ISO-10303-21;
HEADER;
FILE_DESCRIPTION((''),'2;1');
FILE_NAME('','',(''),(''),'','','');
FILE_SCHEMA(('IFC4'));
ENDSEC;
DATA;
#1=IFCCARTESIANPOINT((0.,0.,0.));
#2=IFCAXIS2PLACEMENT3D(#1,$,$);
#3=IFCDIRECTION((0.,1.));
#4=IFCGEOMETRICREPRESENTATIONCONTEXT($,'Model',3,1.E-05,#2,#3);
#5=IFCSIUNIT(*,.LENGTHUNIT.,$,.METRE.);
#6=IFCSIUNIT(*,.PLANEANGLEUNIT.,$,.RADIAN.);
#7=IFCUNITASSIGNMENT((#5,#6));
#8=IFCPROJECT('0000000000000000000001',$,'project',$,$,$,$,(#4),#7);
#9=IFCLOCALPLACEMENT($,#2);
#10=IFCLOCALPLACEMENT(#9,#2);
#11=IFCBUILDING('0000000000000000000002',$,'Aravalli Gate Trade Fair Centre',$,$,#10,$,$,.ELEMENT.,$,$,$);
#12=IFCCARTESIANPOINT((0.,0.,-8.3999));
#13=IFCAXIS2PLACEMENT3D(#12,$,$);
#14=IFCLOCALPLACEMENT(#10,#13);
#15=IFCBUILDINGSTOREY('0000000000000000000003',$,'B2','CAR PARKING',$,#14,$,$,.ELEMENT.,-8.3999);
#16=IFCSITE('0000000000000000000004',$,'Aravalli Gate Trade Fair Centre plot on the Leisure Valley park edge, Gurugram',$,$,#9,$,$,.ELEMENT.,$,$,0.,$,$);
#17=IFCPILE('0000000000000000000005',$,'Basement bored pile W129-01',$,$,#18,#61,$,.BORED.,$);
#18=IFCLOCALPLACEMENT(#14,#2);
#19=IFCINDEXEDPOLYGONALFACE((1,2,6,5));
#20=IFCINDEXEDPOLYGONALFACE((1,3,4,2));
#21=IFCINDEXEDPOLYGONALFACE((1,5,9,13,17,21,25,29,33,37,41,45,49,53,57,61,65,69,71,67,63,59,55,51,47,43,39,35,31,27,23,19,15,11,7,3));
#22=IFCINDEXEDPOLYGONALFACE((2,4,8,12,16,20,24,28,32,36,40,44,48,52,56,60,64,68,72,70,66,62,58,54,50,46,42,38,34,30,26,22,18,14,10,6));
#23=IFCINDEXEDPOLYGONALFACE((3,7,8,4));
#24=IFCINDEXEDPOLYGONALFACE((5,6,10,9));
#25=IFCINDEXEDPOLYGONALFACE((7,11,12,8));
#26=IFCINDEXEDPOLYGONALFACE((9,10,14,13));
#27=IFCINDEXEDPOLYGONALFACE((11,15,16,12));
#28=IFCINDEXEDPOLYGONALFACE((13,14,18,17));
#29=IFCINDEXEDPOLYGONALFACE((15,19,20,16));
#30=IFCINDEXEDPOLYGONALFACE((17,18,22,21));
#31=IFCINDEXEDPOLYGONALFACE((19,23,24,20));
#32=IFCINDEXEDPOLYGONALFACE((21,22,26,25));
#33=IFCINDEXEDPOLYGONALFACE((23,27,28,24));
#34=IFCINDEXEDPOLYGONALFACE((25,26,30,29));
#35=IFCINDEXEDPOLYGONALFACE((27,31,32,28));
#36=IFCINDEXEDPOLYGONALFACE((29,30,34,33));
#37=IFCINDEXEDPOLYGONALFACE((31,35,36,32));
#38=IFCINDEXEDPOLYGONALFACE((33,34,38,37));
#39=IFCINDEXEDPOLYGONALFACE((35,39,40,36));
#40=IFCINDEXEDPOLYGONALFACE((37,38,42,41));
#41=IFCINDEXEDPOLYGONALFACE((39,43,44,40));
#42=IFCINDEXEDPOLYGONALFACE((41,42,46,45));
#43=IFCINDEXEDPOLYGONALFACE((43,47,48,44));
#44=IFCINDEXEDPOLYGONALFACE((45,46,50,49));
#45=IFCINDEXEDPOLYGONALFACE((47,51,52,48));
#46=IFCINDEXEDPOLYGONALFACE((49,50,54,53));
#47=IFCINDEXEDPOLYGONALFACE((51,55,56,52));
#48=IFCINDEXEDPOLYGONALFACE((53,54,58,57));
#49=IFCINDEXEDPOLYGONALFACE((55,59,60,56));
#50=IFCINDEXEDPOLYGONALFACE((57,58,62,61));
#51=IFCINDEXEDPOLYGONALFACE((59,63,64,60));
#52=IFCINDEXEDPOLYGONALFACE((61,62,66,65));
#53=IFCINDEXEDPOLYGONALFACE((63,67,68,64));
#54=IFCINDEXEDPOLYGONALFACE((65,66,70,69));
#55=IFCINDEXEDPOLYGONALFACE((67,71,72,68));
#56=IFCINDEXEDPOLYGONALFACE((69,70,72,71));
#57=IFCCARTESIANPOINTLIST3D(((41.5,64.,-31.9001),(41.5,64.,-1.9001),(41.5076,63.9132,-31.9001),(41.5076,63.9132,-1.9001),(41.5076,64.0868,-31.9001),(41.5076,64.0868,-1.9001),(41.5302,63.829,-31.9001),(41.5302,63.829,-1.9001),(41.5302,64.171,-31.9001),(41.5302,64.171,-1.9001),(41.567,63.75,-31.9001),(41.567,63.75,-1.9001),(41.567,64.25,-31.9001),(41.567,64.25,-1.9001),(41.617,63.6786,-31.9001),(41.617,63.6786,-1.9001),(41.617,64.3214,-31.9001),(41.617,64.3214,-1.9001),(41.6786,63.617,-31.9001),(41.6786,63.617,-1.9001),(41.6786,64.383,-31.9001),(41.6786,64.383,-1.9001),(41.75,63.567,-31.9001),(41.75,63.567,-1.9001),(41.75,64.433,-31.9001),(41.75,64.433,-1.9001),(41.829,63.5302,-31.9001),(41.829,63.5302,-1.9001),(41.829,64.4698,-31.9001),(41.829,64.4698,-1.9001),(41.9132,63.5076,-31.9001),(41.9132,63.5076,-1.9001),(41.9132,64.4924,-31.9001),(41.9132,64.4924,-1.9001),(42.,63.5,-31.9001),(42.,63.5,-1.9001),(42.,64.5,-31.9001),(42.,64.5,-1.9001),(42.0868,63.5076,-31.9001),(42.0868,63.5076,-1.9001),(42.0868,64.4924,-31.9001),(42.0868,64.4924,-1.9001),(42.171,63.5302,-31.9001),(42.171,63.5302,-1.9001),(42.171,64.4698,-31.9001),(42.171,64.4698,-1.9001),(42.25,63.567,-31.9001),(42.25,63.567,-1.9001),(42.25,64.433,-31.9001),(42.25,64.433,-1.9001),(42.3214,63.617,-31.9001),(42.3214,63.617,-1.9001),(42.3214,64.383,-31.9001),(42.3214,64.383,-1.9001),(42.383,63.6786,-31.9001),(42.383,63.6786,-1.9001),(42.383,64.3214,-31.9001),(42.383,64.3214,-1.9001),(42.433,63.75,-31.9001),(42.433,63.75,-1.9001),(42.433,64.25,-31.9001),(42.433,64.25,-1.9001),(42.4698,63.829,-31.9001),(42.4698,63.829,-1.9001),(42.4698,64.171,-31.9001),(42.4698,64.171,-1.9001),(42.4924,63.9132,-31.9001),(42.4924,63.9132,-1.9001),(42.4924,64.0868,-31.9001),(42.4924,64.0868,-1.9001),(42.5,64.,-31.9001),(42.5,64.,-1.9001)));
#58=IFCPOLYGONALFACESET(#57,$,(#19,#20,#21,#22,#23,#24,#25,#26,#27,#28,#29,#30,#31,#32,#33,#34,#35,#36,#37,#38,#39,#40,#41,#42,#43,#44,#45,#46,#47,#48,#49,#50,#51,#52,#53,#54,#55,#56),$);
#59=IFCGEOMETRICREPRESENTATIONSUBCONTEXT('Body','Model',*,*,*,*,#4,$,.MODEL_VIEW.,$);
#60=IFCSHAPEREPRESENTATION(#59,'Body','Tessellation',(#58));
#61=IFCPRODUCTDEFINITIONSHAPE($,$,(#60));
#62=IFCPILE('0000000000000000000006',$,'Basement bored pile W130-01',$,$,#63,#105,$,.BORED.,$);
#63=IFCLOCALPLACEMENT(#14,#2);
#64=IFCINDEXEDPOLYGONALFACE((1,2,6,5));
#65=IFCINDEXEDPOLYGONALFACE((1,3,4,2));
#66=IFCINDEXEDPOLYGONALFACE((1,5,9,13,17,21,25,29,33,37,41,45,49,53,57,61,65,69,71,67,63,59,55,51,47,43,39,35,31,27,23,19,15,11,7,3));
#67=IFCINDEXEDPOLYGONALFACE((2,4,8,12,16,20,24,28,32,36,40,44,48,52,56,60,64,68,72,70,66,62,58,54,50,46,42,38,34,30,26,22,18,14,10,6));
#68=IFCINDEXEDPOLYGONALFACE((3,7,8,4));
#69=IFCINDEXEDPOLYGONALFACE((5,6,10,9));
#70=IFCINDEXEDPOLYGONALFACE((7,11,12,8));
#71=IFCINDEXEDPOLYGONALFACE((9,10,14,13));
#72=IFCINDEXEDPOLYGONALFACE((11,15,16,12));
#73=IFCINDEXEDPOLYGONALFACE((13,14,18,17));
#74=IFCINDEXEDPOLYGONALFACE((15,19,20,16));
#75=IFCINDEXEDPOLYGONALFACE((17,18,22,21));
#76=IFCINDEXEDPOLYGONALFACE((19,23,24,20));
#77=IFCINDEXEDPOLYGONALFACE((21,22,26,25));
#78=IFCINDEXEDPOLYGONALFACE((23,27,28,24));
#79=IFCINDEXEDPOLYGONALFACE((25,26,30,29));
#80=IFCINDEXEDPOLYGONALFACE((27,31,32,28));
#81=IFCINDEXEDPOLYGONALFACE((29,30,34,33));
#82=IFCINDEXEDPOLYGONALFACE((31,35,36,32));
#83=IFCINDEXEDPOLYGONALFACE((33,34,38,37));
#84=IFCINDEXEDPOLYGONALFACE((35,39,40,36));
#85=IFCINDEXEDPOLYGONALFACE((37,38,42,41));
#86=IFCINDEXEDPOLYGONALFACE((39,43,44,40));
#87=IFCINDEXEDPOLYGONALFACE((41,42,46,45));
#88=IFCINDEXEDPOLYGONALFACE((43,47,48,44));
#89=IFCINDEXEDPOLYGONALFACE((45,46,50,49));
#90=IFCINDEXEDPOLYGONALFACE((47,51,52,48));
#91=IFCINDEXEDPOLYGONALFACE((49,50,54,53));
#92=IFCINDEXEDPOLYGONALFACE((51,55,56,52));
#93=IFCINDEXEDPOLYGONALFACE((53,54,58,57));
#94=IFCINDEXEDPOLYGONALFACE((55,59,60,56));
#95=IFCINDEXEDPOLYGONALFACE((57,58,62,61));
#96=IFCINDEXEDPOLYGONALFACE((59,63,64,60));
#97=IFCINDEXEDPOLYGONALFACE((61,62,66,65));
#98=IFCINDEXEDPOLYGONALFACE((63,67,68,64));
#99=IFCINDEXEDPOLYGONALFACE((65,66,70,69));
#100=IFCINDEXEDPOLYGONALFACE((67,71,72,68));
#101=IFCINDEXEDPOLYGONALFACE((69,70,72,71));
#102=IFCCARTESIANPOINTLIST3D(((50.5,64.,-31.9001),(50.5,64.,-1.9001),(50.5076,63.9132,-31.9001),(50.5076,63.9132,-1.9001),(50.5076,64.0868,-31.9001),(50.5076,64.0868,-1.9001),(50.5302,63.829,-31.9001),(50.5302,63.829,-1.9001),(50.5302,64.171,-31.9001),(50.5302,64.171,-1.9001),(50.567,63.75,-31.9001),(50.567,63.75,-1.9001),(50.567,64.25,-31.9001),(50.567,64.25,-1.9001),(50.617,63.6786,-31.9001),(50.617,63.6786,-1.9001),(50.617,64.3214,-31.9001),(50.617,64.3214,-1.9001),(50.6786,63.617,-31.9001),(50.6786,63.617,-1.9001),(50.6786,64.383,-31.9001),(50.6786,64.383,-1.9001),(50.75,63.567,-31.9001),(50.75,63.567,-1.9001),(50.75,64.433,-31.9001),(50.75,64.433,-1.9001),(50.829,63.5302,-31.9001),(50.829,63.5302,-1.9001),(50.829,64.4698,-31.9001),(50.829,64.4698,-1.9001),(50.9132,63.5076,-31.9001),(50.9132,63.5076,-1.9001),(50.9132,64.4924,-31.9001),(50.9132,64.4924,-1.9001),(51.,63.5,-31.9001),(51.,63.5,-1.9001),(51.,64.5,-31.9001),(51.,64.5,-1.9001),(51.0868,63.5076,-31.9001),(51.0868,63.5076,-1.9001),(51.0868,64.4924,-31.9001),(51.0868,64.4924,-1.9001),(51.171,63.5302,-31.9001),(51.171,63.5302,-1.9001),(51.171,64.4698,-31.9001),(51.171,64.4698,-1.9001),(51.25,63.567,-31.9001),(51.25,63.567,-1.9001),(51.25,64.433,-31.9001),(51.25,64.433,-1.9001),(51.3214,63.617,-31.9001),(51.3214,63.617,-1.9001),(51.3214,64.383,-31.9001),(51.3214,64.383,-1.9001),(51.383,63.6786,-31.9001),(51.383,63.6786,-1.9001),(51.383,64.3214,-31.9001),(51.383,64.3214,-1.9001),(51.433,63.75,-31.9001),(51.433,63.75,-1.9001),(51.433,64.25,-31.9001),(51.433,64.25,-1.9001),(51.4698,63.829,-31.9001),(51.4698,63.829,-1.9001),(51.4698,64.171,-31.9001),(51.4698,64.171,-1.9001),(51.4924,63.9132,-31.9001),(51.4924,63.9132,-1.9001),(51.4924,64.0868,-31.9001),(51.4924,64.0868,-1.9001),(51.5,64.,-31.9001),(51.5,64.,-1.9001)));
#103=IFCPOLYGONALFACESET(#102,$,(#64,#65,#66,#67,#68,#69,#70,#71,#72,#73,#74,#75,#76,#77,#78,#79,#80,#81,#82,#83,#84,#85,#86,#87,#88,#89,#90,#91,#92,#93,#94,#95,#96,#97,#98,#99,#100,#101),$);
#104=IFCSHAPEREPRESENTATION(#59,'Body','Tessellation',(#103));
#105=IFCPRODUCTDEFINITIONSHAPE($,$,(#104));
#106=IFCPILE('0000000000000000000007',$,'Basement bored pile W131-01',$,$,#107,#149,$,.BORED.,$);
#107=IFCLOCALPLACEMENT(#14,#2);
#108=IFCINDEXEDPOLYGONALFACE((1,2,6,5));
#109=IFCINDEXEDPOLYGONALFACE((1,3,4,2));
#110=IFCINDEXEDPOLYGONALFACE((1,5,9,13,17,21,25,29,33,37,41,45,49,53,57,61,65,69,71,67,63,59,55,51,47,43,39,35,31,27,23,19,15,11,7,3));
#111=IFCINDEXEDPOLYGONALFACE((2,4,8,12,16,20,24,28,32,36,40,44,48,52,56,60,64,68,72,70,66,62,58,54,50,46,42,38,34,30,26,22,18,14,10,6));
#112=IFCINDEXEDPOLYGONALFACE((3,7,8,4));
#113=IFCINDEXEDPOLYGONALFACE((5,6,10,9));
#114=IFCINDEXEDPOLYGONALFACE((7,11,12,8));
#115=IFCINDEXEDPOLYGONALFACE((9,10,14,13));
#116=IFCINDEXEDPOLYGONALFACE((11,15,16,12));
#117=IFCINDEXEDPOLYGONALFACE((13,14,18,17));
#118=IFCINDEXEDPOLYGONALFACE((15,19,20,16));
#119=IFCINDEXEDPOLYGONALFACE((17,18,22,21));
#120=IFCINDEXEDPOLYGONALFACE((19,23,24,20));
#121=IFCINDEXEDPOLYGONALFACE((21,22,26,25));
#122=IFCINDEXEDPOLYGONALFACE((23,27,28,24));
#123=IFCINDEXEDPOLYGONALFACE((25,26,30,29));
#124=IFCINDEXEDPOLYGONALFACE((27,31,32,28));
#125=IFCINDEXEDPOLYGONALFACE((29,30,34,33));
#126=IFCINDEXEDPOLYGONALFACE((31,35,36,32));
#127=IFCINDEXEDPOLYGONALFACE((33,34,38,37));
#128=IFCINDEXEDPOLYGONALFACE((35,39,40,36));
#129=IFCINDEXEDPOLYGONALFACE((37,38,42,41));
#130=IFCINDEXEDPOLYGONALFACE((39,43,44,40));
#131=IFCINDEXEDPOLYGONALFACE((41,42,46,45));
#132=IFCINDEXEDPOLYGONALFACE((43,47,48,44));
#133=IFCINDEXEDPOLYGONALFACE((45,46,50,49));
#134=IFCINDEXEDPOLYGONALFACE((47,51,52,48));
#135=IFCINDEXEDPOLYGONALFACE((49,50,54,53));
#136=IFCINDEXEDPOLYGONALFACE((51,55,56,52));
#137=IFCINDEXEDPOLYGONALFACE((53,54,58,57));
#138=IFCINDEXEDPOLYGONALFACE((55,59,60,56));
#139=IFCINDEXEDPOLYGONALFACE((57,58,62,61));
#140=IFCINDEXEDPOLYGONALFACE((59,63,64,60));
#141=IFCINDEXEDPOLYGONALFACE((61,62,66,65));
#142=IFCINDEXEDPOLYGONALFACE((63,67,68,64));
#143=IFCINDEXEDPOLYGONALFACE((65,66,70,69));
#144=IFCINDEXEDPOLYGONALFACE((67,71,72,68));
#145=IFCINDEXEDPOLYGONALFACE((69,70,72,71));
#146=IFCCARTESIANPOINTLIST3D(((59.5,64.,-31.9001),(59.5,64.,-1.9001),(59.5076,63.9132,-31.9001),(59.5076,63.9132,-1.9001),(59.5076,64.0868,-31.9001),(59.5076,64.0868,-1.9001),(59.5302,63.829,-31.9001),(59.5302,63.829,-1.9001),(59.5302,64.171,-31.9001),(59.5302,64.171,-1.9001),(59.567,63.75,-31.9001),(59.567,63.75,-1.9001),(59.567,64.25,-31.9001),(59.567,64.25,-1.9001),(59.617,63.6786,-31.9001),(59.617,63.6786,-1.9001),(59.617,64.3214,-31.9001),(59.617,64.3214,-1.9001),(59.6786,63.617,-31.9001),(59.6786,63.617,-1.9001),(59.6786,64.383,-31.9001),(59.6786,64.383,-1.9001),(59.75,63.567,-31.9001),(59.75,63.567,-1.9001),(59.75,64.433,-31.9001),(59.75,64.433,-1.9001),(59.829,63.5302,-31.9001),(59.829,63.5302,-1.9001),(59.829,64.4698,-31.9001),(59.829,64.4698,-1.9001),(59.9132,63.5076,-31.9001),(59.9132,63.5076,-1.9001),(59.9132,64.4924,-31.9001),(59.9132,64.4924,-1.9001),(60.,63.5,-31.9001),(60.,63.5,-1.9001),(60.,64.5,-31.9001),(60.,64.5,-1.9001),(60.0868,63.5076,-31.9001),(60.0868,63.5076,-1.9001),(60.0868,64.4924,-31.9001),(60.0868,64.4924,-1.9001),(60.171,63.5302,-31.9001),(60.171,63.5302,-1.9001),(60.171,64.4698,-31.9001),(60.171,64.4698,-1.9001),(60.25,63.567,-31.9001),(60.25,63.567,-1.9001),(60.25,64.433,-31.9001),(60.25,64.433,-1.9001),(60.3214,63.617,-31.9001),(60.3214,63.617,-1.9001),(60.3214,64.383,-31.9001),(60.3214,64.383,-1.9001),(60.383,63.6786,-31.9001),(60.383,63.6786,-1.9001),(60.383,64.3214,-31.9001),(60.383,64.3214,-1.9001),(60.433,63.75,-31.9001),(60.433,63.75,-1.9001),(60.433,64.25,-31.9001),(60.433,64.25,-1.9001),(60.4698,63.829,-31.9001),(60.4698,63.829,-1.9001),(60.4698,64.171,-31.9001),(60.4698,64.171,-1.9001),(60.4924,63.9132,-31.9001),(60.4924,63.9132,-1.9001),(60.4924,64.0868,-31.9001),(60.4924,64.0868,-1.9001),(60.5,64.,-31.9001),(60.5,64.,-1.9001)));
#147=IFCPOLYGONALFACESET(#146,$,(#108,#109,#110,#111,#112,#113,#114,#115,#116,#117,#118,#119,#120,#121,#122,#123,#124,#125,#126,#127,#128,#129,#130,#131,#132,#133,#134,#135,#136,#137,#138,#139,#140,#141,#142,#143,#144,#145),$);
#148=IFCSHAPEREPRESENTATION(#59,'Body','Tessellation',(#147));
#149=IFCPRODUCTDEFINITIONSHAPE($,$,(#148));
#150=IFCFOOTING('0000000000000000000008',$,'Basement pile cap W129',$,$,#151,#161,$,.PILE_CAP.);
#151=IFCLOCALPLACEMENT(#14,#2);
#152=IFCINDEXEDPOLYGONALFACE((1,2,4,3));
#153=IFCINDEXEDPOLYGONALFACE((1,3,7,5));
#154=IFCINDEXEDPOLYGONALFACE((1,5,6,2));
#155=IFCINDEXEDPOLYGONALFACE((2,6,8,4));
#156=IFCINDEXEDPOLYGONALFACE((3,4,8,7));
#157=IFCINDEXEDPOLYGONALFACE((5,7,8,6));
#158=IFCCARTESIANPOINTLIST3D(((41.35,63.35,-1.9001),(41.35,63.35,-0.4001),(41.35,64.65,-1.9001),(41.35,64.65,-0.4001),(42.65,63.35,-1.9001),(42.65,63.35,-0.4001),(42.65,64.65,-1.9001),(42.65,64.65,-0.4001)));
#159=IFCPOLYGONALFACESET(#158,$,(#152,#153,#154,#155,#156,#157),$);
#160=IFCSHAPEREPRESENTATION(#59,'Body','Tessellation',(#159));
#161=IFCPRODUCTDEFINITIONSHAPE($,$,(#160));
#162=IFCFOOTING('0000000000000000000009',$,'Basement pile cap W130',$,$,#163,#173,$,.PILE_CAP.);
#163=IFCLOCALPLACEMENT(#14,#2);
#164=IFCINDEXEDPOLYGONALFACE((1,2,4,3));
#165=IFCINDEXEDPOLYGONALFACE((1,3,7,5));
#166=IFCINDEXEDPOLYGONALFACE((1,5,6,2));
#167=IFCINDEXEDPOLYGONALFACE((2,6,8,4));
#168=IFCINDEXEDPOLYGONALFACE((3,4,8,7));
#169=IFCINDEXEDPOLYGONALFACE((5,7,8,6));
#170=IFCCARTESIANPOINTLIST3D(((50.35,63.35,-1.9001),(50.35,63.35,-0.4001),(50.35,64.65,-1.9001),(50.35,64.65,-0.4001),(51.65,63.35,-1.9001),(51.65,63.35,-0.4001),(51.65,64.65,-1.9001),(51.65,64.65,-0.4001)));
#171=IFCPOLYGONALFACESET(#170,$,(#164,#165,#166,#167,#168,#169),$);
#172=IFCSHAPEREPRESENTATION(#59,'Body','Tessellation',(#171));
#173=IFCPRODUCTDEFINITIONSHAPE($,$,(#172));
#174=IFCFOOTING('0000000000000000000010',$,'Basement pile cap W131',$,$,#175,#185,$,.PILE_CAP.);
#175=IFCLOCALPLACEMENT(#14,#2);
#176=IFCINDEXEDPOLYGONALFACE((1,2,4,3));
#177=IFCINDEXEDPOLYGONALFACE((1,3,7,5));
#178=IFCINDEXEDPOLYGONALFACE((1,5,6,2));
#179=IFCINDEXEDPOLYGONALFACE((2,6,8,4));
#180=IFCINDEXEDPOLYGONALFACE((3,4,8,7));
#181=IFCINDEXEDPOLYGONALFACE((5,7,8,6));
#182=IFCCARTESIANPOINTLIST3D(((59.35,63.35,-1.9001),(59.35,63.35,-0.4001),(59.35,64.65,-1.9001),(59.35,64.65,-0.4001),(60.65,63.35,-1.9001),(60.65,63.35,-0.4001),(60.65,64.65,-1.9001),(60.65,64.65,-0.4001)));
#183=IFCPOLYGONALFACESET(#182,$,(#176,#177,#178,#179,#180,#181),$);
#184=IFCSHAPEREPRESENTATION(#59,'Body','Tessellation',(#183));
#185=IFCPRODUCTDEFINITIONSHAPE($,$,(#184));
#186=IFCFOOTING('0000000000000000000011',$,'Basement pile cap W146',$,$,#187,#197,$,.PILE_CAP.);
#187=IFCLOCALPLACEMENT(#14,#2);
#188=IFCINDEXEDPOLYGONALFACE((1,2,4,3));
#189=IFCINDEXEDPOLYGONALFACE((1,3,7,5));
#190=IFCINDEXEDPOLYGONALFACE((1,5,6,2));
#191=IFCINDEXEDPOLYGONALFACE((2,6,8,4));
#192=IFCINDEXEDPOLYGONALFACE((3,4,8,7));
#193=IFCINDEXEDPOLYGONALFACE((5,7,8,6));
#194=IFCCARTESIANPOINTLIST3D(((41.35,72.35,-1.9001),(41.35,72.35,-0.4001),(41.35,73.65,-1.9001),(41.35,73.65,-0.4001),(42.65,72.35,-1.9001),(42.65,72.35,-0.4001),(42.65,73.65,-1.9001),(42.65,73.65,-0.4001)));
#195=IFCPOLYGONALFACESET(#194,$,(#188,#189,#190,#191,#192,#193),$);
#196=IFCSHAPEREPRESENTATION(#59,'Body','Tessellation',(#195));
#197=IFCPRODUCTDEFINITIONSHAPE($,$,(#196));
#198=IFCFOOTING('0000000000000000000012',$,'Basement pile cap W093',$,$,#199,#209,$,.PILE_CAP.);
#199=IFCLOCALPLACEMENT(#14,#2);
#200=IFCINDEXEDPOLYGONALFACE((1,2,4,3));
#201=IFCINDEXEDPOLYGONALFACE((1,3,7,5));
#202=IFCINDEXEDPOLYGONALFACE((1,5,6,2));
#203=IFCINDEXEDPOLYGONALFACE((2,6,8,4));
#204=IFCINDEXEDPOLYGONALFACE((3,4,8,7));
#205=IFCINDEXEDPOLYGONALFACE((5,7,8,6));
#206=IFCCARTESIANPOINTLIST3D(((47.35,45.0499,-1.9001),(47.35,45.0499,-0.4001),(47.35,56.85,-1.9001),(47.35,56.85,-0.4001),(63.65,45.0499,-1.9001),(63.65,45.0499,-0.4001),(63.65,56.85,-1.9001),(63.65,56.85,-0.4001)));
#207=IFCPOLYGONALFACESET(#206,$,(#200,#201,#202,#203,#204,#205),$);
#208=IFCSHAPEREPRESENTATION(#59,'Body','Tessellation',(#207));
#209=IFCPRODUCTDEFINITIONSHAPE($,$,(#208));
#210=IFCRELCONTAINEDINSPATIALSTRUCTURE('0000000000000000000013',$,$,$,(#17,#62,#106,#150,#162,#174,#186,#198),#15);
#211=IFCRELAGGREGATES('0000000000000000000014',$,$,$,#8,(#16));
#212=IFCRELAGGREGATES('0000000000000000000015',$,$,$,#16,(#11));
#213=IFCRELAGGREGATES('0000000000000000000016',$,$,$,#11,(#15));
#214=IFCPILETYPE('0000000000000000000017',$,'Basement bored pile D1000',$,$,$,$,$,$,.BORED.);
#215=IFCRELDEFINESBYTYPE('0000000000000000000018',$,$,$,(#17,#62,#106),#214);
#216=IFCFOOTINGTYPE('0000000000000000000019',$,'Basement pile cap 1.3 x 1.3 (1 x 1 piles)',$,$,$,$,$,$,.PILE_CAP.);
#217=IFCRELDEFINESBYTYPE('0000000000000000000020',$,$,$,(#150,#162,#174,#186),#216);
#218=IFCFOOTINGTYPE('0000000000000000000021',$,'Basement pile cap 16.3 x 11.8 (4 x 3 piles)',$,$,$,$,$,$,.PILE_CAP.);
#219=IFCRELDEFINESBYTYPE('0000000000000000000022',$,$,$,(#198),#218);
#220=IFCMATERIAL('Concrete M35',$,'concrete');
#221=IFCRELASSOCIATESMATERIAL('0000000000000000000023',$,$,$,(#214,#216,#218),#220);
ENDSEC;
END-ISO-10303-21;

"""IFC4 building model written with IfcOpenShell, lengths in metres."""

from ifc_helpers import new_model, si_unit, direction, frame, origin, origin_2d, place, context, subcontext, project, spatial, rectangle, circle, extrude, material, material_profile, profile_set, type_object, element, save


model = new_model("IFC4")

# Units and contexts
model_context = context("Model", 3, precision=1e-05, world=origin(), true_north=direction((0.0, 1.0)))
body_context = subcontext(model_context, "Body", "Model", "MODEL_VIEW")
ifc_project = project(units=[si_unit("LENGTHUNIT", "METRE"), si_unit("PLANEANGLEUNIT", "RADIAN")], contexts=[model_context])

# Site, building, storey
site_placement = place(None, origin())
site = spatial("IfcSite", under=ifc_project, at=site_placement, Name="Aravalli Gate Trade Fair Centre plot on the Leisure Valley park edge, Gurugram", CompositionType="ELEMENT", RefElevation=0.0)
building_placement = place(site_placement, origin())
building = spatial("IfcBuilding", under=site, at=building_placement, Name="Aravalli Gate Trade Fair Centre", CompositionType="ELEMENT")
storey_placement = place(building_placement, frame((0.0, 0.0, -8.3999)))
storey = spatial("IfcBuildingStorey", under=building, at=storey_placement, Name="B2", Description="CAR PARKING", CompositionType="ELEMENT", Elevation=-8.3999)

# Piles
ifc_material_1 = material(Name="Concrete M35", Category="concrete")
ifc_material_profile_1 = material_profile(ifc_material_1, circle(Radius=0.5, at=origin_2d()), Name="D1000")
ifc_profile_set_1 = profile_set([ifc_material_profile_1], Name="Concrete M35")
pile_type = type_object("IfcPileType", Name="Basement bored pile D1000", PredefinedType="BORED", material=ifc_profile_set_1)
for number, where, z_axis, x_axis, name in (
    (1, (42.0, 64.0, -1.9001), (0.0, 0.0, -1.0), (1.0, 0.0, 0.0), "Basement bored pile W129-01"),
    (2, (51.0, 64.0, -1.9001), (0.0, 0.0, -1.0), (1.0, 0.0, 0.0), "Basement bored pile W130-01"),
    (3, (60.0, 64.0, -1.9001), (0.0, 0.0, -1.0), (1.0, 0.0, 0.0), "Basement bored pile W131-01"),
):
    element("IfcPile", number, at=place(storey_placement, frame(where, z_axis=z_axis, x_axis=x_axis)), inside=storey, type_object=pile_type, Name=name, PredefinedType="BORED", context=body_context, shape_type="SweptSolid", body=[
        extrude(circle(Radius=0.5, at=origin_2d()), origin(), (0.0, 0.0, 1.0), 30.0),
    ])

# Footings
footing_type_1 = type_object("IfcFootingType", Name="Basement pile cap 1.3 x 1.3 (1 x 1 piles)", PredefinedType="PILE_CAP", material=ifc_material_1)
for number, where, z_axis, x_axis, name in (
    (4, (42.0, 64.0, -1.9001), (0.0, 0.0, 1.0), (1.0, 0.0, 0.0), "Basement pile cap W129"),
    (5, (51.0, 64.0, -1.9001), (0.0, 0.0, 1.0), (1.0, 0.0, 0.0), "Basement pile cap W130"),
    (6, (60.0, 64.0, -1.9001), (0.0, 0.0, 1.0), (1.0, 0.0, 0.0), "Basement pile cap W131"),
    (7, (42.0, 73.0, -1.9001), (0.0, 0.0, 1.0), (1.0, 0.0, 0.0), "Basement pile cap W146"),
):
    element("IfcFooting", number, at=place(storey_placement, frame(where, z_axis=z_axis, x_axis=x_axis)), inside=storey, type_object=footing_type_1, Name=name, PredefinedType="PILE_CAP", context=body_context, shape_type="SweptSolid", body=[
        extrude(rectangle(XDim=1.3, YDim=1.3, at=origin_2d()), origin(), (0.0, 0.0, 1.0), 1.5),
    ])
footing_type_2 = type_object("IfcFootingType", Name="Basement pile cap 16.3 x 11.8 (4 x 3 piles)", PredefinedType="PILE_CAP", material=ifc_material_1)
footing_placement = place(storey_placement, frame((55.5, 50.95, -1.9001), z_axis=(0.0, 0.0, 1.0), x_axis=(1.0, 0.0, 0.0)))
element("IfcFooting", 8, at=footing_placement, inside=storey, type_object=footing_type_2, Name="Basement pile cap W093", PredefinedType="PILE_CAP", context=body_context, shape_type="SweptSolid", body=[
    extrude(rectangle(XDim=16.3, YDim=11.8, at=origin_2d()), origin(), (0.0, 0.0, 1.0), 1.5),
])

save(model, "model.ifc")
